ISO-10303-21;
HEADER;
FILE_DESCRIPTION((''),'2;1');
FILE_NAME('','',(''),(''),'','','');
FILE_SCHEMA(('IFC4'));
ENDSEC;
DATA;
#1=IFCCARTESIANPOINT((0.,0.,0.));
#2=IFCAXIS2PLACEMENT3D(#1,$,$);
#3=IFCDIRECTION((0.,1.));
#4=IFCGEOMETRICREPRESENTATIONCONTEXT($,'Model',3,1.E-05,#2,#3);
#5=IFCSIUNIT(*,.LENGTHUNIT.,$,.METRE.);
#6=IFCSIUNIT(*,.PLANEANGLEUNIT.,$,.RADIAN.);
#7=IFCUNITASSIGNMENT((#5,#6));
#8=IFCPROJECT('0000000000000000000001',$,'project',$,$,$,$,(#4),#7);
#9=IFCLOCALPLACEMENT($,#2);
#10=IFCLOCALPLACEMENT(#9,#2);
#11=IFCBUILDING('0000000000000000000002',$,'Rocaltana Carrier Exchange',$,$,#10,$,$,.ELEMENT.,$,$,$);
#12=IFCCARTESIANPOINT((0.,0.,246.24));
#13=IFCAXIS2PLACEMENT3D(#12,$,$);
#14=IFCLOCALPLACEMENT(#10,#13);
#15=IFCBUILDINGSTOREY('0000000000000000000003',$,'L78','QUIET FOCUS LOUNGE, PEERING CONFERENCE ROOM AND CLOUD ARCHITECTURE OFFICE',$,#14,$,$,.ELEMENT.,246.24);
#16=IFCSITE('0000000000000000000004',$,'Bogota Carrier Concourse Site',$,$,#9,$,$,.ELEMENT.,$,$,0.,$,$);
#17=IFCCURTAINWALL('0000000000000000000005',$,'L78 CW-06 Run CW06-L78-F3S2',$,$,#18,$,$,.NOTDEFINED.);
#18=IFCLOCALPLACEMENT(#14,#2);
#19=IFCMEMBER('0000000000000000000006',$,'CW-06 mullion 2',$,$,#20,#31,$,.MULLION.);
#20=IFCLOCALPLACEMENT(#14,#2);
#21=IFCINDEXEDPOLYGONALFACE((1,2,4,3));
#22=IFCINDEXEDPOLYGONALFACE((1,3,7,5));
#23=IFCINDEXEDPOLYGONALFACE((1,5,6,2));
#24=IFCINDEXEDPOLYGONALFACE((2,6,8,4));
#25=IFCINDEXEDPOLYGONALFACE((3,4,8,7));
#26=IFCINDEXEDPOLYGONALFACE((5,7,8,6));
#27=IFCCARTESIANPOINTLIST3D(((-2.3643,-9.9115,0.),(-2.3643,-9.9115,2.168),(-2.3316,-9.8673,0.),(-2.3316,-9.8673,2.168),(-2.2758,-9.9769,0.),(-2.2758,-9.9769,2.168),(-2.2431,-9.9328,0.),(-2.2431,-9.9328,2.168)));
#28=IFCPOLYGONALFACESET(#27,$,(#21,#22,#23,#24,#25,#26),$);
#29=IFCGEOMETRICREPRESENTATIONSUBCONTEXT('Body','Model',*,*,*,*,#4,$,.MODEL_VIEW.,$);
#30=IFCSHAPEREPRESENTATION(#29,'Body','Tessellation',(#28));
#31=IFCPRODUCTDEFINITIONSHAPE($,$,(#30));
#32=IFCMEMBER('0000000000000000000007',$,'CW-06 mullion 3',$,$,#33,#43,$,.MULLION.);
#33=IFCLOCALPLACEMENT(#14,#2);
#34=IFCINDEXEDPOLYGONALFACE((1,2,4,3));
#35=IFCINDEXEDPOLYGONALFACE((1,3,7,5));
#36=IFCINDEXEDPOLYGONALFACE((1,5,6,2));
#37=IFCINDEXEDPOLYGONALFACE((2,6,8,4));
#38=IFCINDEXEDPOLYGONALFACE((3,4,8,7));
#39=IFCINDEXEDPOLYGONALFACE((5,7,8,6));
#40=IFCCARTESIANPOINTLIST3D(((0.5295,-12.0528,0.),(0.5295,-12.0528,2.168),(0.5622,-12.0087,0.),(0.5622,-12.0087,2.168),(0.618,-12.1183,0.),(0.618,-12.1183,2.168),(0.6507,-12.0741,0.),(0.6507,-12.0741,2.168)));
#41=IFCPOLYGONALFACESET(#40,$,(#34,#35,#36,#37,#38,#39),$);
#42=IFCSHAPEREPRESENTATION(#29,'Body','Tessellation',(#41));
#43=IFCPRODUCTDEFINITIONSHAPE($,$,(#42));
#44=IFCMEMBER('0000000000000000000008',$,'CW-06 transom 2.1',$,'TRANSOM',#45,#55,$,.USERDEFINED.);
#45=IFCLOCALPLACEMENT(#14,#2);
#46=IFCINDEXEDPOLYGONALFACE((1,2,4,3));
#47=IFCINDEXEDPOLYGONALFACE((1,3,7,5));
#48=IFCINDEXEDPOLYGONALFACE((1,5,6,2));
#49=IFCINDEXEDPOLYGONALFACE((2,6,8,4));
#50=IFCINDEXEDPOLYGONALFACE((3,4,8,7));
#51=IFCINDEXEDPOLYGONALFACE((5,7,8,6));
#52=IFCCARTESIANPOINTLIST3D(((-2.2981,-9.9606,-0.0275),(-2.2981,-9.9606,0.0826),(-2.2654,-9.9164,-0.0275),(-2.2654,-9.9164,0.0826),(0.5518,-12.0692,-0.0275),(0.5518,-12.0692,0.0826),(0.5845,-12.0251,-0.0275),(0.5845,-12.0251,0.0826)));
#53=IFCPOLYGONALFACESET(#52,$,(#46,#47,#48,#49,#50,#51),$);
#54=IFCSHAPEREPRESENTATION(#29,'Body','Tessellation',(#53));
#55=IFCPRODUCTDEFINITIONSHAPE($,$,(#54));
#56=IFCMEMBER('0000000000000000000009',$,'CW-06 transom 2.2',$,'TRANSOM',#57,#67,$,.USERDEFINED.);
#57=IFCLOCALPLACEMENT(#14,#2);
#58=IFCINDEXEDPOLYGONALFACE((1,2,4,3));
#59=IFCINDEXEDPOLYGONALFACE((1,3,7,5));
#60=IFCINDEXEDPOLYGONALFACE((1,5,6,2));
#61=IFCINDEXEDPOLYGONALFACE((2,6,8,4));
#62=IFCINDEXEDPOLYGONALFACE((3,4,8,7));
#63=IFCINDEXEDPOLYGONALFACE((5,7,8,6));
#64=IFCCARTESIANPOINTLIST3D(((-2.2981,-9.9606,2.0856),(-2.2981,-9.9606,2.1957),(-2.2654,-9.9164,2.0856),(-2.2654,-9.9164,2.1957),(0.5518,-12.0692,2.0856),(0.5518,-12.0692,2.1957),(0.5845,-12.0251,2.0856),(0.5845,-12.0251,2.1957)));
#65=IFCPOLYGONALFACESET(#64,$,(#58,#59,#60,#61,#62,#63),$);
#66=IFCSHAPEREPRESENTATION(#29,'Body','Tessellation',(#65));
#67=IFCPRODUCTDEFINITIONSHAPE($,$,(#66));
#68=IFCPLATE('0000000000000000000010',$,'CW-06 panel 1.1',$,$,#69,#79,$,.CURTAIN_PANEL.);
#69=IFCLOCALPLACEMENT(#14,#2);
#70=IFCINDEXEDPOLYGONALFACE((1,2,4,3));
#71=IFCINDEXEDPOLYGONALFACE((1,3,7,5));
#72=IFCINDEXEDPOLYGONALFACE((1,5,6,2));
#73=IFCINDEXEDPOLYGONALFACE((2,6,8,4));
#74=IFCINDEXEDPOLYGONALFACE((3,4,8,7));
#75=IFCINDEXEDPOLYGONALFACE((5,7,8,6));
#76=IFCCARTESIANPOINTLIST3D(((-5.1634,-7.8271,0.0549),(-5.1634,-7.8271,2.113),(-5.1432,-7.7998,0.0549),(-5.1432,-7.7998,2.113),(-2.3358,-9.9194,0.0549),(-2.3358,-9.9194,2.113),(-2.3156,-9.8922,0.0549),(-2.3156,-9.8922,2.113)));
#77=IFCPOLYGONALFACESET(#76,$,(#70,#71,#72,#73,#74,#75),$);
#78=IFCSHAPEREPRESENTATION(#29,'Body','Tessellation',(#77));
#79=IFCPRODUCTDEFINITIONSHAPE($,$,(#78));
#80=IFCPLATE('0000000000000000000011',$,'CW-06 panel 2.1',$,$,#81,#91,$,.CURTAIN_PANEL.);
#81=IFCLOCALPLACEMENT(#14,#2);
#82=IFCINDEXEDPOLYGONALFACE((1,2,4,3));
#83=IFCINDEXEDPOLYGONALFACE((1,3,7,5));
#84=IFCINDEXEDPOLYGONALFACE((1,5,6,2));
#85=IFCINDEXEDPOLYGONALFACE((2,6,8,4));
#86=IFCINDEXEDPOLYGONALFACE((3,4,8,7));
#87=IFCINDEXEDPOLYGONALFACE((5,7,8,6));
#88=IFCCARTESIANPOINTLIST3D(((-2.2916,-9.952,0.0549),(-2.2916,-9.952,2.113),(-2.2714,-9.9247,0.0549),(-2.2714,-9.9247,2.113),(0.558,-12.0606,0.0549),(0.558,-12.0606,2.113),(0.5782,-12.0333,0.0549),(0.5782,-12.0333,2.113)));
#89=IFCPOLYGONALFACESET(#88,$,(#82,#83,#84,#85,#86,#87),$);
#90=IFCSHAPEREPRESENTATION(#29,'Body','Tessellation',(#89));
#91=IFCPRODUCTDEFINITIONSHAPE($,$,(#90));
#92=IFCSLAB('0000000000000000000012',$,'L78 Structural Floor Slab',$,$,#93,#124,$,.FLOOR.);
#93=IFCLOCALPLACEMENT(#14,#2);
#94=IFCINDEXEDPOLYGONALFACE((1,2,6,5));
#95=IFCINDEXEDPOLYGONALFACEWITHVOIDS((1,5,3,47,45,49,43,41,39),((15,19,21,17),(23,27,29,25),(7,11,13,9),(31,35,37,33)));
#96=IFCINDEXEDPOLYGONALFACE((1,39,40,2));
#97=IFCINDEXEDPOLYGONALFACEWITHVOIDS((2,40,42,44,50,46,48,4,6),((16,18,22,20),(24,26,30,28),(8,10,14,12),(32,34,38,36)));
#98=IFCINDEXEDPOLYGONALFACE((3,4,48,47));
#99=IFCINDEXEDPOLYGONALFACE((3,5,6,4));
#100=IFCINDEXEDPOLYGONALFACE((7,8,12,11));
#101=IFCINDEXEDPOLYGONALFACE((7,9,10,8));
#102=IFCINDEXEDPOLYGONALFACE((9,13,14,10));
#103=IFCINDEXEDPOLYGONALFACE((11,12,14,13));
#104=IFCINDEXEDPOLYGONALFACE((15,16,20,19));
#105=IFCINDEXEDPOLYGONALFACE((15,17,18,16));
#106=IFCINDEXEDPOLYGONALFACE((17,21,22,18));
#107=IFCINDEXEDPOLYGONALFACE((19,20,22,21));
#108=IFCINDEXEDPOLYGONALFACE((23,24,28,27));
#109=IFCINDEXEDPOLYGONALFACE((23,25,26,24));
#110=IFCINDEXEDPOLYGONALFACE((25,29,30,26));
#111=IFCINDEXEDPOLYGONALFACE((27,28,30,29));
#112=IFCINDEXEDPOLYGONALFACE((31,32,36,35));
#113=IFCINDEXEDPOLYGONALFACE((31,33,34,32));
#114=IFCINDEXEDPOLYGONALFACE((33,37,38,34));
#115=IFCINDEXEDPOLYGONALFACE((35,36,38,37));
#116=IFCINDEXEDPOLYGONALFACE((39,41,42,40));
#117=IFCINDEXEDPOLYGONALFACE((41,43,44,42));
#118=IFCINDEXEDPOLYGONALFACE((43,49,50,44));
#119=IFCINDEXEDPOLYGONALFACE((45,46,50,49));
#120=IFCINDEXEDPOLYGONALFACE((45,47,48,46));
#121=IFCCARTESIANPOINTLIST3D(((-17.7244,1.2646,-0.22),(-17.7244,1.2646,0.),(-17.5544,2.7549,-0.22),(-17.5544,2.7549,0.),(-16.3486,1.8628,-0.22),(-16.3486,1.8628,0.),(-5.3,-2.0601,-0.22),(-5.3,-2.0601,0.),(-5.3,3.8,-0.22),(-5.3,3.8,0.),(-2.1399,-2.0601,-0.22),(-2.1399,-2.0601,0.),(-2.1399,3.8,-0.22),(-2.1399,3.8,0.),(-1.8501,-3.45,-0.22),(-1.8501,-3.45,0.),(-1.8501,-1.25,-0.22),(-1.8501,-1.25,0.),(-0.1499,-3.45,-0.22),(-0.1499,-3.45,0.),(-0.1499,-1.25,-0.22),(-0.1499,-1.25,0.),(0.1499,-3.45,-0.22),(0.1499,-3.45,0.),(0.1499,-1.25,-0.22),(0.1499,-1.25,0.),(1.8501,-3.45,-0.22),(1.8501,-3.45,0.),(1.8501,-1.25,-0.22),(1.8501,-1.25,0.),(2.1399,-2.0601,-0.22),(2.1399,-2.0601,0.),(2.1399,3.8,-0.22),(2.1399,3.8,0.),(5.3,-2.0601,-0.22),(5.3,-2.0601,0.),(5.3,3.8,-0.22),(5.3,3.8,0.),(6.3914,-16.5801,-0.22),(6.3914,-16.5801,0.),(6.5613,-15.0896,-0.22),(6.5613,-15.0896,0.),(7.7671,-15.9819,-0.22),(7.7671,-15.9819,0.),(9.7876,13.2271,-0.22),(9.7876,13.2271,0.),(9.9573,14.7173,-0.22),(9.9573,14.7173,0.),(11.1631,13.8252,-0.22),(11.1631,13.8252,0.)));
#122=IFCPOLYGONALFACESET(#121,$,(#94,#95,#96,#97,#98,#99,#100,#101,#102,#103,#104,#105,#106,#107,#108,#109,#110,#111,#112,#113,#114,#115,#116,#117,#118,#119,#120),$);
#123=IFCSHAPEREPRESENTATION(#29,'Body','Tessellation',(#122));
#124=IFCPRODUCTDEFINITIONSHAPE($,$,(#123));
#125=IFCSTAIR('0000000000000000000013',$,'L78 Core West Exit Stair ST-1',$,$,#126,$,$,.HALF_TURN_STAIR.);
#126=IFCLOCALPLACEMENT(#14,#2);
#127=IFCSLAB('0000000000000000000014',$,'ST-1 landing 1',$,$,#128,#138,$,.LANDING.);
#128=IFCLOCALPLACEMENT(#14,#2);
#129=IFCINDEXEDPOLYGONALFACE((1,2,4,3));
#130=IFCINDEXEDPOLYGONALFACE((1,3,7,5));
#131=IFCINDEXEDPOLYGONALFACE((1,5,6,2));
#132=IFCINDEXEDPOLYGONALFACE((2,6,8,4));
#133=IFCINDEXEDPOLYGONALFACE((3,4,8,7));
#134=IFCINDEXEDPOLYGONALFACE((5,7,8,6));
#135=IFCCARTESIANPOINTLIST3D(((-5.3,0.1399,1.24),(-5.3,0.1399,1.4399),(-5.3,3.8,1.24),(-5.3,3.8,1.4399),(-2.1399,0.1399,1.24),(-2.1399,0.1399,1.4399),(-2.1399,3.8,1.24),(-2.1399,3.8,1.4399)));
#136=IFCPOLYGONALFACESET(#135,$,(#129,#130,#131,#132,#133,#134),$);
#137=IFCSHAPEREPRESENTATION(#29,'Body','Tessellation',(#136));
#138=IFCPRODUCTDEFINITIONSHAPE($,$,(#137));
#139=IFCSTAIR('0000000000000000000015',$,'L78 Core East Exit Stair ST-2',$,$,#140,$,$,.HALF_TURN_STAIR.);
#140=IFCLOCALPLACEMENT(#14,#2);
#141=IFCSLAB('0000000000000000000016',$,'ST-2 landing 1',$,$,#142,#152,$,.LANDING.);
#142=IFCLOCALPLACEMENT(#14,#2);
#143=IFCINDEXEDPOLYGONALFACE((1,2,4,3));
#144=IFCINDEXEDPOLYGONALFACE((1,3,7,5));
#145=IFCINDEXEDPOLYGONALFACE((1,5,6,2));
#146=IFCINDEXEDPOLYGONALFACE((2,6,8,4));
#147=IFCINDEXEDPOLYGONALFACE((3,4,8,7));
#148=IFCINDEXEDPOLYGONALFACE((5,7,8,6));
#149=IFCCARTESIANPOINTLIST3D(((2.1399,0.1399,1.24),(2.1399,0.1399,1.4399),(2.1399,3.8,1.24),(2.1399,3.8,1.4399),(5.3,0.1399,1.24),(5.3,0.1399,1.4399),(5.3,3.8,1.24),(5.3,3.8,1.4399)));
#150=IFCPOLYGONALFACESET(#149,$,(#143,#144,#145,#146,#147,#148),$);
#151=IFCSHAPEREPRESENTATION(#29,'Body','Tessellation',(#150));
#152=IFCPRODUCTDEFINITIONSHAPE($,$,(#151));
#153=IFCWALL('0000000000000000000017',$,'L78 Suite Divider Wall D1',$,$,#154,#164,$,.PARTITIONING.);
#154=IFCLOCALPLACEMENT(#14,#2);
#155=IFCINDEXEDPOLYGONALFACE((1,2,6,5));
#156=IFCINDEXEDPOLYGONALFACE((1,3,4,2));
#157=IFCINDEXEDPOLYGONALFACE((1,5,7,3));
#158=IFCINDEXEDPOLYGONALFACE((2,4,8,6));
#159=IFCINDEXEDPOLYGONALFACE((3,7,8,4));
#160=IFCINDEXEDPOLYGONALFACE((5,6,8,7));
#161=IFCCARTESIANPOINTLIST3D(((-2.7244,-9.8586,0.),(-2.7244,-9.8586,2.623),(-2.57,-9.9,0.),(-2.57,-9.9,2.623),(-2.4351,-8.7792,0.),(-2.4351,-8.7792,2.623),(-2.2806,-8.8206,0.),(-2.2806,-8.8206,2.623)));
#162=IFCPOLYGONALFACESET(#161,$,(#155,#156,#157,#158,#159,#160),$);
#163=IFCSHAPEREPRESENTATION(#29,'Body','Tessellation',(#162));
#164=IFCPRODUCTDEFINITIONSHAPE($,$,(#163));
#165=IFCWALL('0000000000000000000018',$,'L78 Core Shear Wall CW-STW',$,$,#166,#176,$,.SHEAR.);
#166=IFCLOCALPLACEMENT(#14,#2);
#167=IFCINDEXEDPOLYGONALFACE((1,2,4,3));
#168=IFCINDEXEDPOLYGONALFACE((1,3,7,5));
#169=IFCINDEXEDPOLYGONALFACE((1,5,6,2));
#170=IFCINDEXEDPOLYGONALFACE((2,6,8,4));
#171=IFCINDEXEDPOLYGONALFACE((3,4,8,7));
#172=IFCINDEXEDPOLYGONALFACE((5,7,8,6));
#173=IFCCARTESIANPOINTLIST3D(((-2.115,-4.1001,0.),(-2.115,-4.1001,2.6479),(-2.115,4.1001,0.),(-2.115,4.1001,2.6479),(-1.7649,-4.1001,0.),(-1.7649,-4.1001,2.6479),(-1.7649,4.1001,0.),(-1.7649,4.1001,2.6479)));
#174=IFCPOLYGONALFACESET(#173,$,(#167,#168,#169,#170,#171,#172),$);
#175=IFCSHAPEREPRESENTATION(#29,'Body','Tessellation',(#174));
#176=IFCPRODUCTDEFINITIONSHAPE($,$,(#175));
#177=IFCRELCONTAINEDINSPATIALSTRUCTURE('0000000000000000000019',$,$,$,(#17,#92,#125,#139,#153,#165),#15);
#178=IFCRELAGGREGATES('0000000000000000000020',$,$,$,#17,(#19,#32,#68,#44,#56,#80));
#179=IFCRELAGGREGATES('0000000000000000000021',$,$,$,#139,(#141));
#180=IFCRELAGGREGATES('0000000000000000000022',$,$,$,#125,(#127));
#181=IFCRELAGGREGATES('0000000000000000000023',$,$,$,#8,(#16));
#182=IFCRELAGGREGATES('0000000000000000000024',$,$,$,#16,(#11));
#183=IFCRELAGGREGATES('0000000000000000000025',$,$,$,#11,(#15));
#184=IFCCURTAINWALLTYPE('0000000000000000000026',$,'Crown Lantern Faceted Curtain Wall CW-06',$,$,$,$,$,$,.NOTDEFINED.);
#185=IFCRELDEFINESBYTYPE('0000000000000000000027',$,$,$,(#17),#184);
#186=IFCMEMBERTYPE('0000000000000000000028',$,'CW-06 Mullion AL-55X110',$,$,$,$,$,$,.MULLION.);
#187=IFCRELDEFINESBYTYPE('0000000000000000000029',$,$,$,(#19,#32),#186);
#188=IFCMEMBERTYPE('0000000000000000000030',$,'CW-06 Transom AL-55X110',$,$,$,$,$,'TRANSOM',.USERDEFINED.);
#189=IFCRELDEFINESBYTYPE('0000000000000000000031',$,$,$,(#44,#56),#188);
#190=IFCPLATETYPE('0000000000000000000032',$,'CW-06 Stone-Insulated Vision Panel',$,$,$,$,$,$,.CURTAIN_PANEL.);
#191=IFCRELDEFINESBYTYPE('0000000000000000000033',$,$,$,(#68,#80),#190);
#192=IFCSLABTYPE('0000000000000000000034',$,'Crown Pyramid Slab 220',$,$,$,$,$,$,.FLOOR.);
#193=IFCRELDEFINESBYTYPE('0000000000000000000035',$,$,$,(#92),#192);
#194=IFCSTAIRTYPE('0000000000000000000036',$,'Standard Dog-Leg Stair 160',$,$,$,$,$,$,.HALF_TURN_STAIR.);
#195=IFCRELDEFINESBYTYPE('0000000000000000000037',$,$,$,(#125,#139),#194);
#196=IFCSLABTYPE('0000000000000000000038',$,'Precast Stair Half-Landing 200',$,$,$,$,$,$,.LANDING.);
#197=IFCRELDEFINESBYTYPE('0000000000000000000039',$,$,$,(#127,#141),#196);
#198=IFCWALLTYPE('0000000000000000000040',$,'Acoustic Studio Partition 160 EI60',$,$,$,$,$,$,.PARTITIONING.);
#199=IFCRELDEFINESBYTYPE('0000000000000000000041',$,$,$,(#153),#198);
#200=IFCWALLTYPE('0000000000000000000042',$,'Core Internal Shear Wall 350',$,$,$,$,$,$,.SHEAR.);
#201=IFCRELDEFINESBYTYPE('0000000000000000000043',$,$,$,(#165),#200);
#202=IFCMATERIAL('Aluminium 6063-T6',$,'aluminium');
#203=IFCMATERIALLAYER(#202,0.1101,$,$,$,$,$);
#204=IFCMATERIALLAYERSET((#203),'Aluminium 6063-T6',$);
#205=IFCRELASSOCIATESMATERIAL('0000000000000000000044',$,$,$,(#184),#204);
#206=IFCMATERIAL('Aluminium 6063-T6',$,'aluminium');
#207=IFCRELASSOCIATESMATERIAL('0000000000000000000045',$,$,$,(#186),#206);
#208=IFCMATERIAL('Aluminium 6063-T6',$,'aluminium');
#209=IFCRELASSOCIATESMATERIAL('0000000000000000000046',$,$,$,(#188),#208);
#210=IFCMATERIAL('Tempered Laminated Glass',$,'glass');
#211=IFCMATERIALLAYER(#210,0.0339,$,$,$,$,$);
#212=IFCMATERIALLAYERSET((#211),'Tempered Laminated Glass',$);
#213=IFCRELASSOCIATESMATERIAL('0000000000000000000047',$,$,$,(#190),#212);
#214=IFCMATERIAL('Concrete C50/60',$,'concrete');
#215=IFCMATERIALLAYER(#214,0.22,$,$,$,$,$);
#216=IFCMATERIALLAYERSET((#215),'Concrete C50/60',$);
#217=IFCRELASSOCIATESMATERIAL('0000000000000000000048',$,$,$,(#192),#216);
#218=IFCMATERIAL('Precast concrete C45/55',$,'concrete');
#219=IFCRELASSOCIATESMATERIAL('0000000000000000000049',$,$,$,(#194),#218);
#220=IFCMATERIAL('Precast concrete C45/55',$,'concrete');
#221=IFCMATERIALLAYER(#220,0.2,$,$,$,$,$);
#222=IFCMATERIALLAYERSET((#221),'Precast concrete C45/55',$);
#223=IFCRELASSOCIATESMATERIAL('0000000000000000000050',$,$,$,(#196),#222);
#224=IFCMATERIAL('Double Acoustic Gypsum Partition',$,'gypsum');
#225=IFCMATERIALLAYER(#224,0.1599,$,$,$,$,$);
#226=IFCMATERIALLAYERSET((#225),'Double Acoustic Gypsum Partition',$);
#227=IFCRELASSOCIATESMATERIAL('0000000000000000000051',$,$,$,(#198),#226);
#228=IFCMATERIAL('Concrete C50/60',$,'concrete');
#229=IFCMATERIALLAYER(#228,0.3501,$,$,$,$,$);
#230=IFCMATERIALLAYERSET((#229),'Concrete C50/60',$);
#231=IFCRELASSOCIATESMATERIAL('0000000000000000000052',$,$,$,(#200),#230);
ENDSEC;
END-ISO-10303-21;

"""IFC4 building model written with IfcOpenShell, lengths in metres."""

from ifc_helpers import new_model, si_unit, direction, frame, frame_2d, origin, origin_2d, place, context, subcontext, project, spatial, polyline, rectangle, outline, extrude, material, layer, layer_set, material_profile, profile_set, type_object, element, aggregate, save


model = new_model("IFC4")

# Units and contexts
model_context = context("Model", 3, precision=1e-05, world=origin(), true_north=direction((0.0, 1.0)))
body_context = subcontext(model_context, "Body", "Model", "MODEL_VIEW")
ifc_project = project(units=[si_unit("LENGTHUNIT", "METRE"), si_unit("PLANEANGLEUNIT", "RADIAN")], contexts=[model_context])

# Site, building, storey
site_placement = place(None, origin())
site = spatial("IfcSite", under=ifc_project, at=site_placement, Name="Bogota Carrier Concourse Site", CompositionType="ELEMENT", RefElevation=0.0)
building_placement = place(site_placement, origin())
building = spatial("IfcBuilding", under=site, at=building_placement, Name="Rocaltana Carrier Exchange", CompositionType="ELEMENT")
storey_placement = place(building_placement, frame((0.0, 0.0, 246.24)))
storey = spatial("IfcBuildingStorey", under=building, at=storey_placement, Name="L78", Description="QUIET FOCUS LOUNGE, PEERING CONFERENCE ROOM AND CLOUD ARCHITECTURE OFFICE", CompositionType="ELEMENT", Elevation=246.24)

# Curtain wall, members, plates
ifc_material_1 = material(Name="Aluminium 6063-T6", Category="aluminium")
ifc_layer_1 = layer(ifc_material_1, 0.1101)
ifc_layer_set_1 = layer_set([ifc_layer_1], Name="Aluminium 6063-T6")
curtain_wall_type = type_object("IfcCurtainWallType", Name="Crown Lantern Faceted Curtain Wall CW-06", PredefinedType="NOTDEFINED", material=ifc_layer_set_1)
curtain_wall_placement = place(storey_placement, origin())
curtain_wall = element("IfcCurtainWall", 1, at=curtain_wall_placement, inside=storey, type_object=curtain_wall_type, Name="L78 CW-06 Run CW06-L78-F3S2", PredefinedType="NOTDEFINED")
ifc_material_2 = material(Name="Aluminium 6063-T6", Category="aluminium")
ifc_material_profile_1 = material_profile(ifc_material_2, rectangle(XDim=0.0549, YDim=0.1101, at=origin_2d()), Name="AL-55X110")
ifc_profile_set_1 = profile_set([ifc_material_profile_1], Name="Aluminium 6063-T6")
member_type_1 = type_object("IfcMemberType", Name="CW-06 Mullion AL-55X110", PredefinedType="MULLION", material=ifc_profile_set_1)
member_1_placement = place(storey_placement, frame((-2.3037, -9.9221, 0.0), z_axis=(0.0, 0.0, 1.0), x_axis=(0.594826, 0.803854, 0.0)))
member_1 = element("IfcMember", 2, at=member_1_placement, type_object=member_type_1, Name="CW-06 mullion 2", PredefinedType="MULLION", context=body_context, shape_type="SweptSolid", body=[
    extrude(rectangle(XDim=0.0549, YDim=0.1101, at=origin_2d()), origin(), (0.0, 0.0, 1.0), 2.168),
])
member_2_placement = place(storey_placement, frame((0.5901, -12.0635, 0.0), z_axis=(0.0, 0.0, 1.0), x_axis=(0.594826, 0.803854, 0.0)))
member_2 = element("IfcMember", 3, at=member_2_placement, type_object=member_type_1, Name="CW-06 mullion 3", PredefinedType="MULLION", context=body_context, shape_type="SweptSolid", body=[
    extrude(rectangle(XDim=0.0549, YDim=0.1101, at=origin_2d()), origin(), (0.0, 0.0, 1.0), 2.168),
])
ifc_material_3 = material(Name="Aluminium 6063-T6", Category="aluminium")
ifc_material_profile_2 = material_profile(ifc_material_3, rectangle(XDim=0.0549, YDim=0.1101, at=origin_2d()), Name="AL-55X110")
ifc_profile_set_2 = profile_set([ifc_material_profile_2], Name="Aluminium 6063-T6")
member_type_2 = type_object("IfcMemberType", Name="CW-06 Transom AL-55X110", ElementType="TRANSOM", PredefinedType="USERDEFINED", material=ifc_profile_set_2)
member_3_placement = place(storey_placement, frame((-2.2817, -9.9385, 0.0276), z_axis=(0.803875, -0.594798, 0.0), x_axis=(0.594798, 0.803875, 0.0)))
member_3 = element("IfcMember", 4, at=member_3_placement, type_object=member_type_2, Name="CW-06 transom 2.1", ObjectType="TRANSOM", PredefinedType="USERDEFINED", context=body_context, shape_type="SweptSolid", body=[
    extrude(rectangle(XDim=0.0549, YDim=0.1101, at=origin_2d()), origin(), (0.0, 0.0, 1.0), 3.5452),
])
member_4_placement = place(storey_placement, frame((-2.2817, -9.9385, 2.1406), z_axis=(0.803875, -0.594798, 0.0), x_axis=(0.594798, 0.803875, 0.0)))
member_4 = element("IfcMember", 5, at=member_4_placement, type_object=member_type_2, Name="CW-06 transom 2.2", ObjectType="TRANSOM", PredefinedType="USERDEFINED", context=body_context, shape_type="SweptSolid", body=[
    extrude(rectangle(XDim=0.0549, YDim=0.1101, at=origin_2d()), origin(), (0.0, 0.0, 1.0), 3.5452),
])
ifc_material_4 = material(Name="Tempered Laminated Glass", Category="glass")
ifc_layer_2 = layer(ifc_material_4, 0.0339)
ifc_layer_set_2 = layer_set([ifc_layer_2], Name="Tempered Laminated Glass")
plate_type = type_object("IfcPlateType", Name="CW-06 Stone-Insulated Vision Panel", PredefinedType="CURTAIN_PANEL", material=ifc_layer_set_2)
plate_1_placement = place(storey_placement, frame((-3.7395, -8.8596, 0.0549), z_axis=(0.0, 0.0, 1.0), x_axis=(0.803854, -0.594826, 0.0)))
plate_1 = element("IfcPlate", 6, at=plate_1_placement, type_object=plate_type, Name="CW-06 panel 1.1", PredefinedType="CURTAIN_PANEL", context=body_context, shape_type="SweptSolid", body=[
    extrude(rectangle(XDim=3.5176, YDim=0.0339, at=origin_2d()), origin(), (0.0, 0.0, 1.0), 2.0581),
])
plate_2_placement = place(storey_placement, frame((-0.8567, -10.9927, 0.0549), z_axis=(0.0, 0.0, 1.0), x_axis=(0.803854, -0.594826, 0.0)))
plate_2 = element("IfcPlate", 7, at=plate_2_placement, type_object=plate_type, Name="CW-06 panel 2.1", PredefinedType="CURTAIN_PANEL", context=body_context, shape_type="SweptSolid", body=[
    extrude(rectangle(XDim=3.5449, YDim=0.0339, at=origin_2d()), origin(), (0.0, 0.0, 1.0), 2.0581),
])
aggregate(curtain_wall, [member_1, member_2, plate_1, member_3, member_4, plate_2])

# Slab
ifc_material_5 = material(Name="Concrete C50/60", Category="concrete")
ifc_layer_3 = layer(ifc_material_5, 0.22)
ifc_layer_set_3 = layer_set([ifc_layer_3], Name="Concrete C50/60")
slab_type_1 = type_object("IfcSlabType", Name="Crown Pyramid Slab 220", PredefinedType="FLOOR", material=ifc_layer_set_3)
slab_1_placement = place(storey_placement, frame((0.0, 0.0, -0.22)))
element("IfcSlab", 8, at=slab_1_placement, inside=storey, type_object=slab_type_1, Name="L78 Structural Floor Slab", PredefinedType="FLOOR", context=body_context, shape_type="SweptSolid", body=[
    extrude(outline(polyline([(6.3914, -16.5801), (6.5613, -15.0896), (7.7671, -15.9819), (11.1631, 13.8252), (9.7876, 13.2271), (9.9573, 14.7173), (-17.5544, 2.7549), (-16.3486, 1.8628), (-17.7244, 1.2646), (6.3914, -16.5801)]), holes=[polyline([(-5.3, -2.0601), (-2.1399, -2.0601), (-2.1399, 3.8), (-5.3, 3.8), (-5.3, -2.0601)]), polyline([(2.1399, -2.0601), (5.3, -2.0601), (5.3, 3.8), (2.1399, 3.8), (2.1399, -2.0601)]), polyline([(-1.8501, -3.45), (-0.1499, -3.45), (-0.1499, -1.25), (-1.8501, -1.25), (-1.8501, -3.45)]), polyline([(0.1499, -3.45), (1.8501, -3.45), (1.8501, -1.25), (0.1499, -1.25), (0.1499, -3.45)])]), origin(), (0.0, 0.0, 1.0), 0.22),
])

# Stairs, slabs
ifc_material_6 = material(Name="Precast concrete C45/55", Category="concrete")
stair_type = type_object("IfcStairType", Name="Standard Dog-Leg Stair 160", PredefinedType="HALF_TURN_STAIR", material=ifc_material_6)
stair_1_placement = place(storey_placement, origin())
stair_1 = element("IfcStair", 9, at=stair_1_placement, inside=storey, type_object=stair_type, Name="L78 Core West Exit Stair ST-1", PredefinedType="HALF_TURN_STAIR")
ifc_material_7 = material(Name="Precast concrete C45/55", Category="concrete")
ifc_layer_4 = layer(ifc_material_7, 0.2)
ifc_layer_set_4 = layer_set([ifc_layer_4], Name="Precast concrete C45/55")
slab_type_2 = type_object("IfcSlabType", Name="Precast Stair Half-Landing 200", PredefinedType="LANDING", material=ifc_layer_set_4)
slab_2_placement = place(storey_placement, frame((0.0, 0.0, 1.24)))
slab_2 = element("IfcSlab", 10, at=slab_2_placement, type_object=slab_type_2, Name="ST-1 landing 1", PredefinedType="LANDING", context=body_context, shape_type="SweptSolid", body=[
    extrude(outline(polyline([(-2.1399, 0.1399), (-2.1399, 3.8), (-5.3, 3.8), (-5.3, 0.1399), (-2.1399, 0.1399)])), origin(), (0.0, 0.0, 1.0), 0.2),
])
stair_2_placement = place(storey_placement, origin())
stair_2 = element("IfcStair", 11, at=stair_2_placement, inside=storey, type_object=stair_type, Name="L78 Core East Exit Stair ST-2", PredefinedType="HALF_TURN_STAIR")
slab_3_placement = place(storey_placement, frame((0.0, 0.0, 1.24)))
slab_3 = element("IfcSlab", 12, at=slab_3_placement, type_object=slab_type_2, Name="ST-2 landing 1", PredefinedType="LANDING", context=body_context, shape_type="SweptSolid", body=[
    extrude(outline(polyline([(5.3, 0.1399), (5.3, 3.8), (2.1399, 3.8), (2.1399, 0.1399), (5.3, 0.1399)])), origin(), (0.0, 0.0, 1.0), 0.2),
])
aggregate(stair_2, [slab_3])

# Walls
ifc_material_8 = material(Name="Double Acoustic Gypsum Partition", Category="gypsum")
ifc_layer_5 = layer(ifc_material_8, 0.1599)
ifc_layer_set_5 = layer_set([ifc_layer_5], Name="Double Acoustic Gypsum Partition")
wall_type_1 = type_object("IfcWallType", Name="Acoustic Studio Partition 160 EI60", PredefinedType="PARTITIONING", material=ifc_layer_set_5)
wall_1_placement = place(storey_placement, frame((-2.3579, -8.8, 0.0), z_axis=(0.0, 0.0, 1.0), x_axis=(-0.2589, -0.965904, 0.0)))
element("IfcWall", 13, at=wall_1_placement, inside=storey, type_object=wall_type_1, Name="L78 Suite Divider Wall D1", PredefinedType="PARTITIONING", context=body_context, shape_type="SweptSolid", body=[
    extrude(rectangle(XDim=1.1174, YDim=0.1599, at=frame_2d((0.5586, 0.0))), origin(), (0.0, 0.0, 1.0), 2.623),
])
ifc_material_9 = material(Name="Concrete C50/60", Category="concrete")
ifc_layer_6 = layer(ifc_material_9, 0.3501)
ifc_layer_set_6 = layer_set([ifc_layer_6], Name="Concrete C50/60")
wall_type_2 = type_object("IfcWallType", Name="Core Internal Shear Wall 350", PredefinedType="SHEAR", material=ifc_layer_set_6)
wall_2_placement = place(storey_placement, frame((-1.9399, -4.1001, 0.0), z_axis=(0.0, 0.0, 1.0), x_axis=(0.0, 1.0, 0.0)))
element("IfcWall", 14, at=wall_2_placement, inside=storey, type_object=wall_type_2, Name="L78 Core Shear Wall CW-STW", PredefinedType="SHEAR", context=body_context, shape_type="SweptSolid", body=[
    extrude(rectangle(XDim=8.2002, YDim=0.3501, at=frame_2d((4.1001, 0.0))), origin(), (0.0, 0.0, 1.0), 2.6479),
])

aggregate(stair_1, [slab_2])

save(model, "model.ifc")
